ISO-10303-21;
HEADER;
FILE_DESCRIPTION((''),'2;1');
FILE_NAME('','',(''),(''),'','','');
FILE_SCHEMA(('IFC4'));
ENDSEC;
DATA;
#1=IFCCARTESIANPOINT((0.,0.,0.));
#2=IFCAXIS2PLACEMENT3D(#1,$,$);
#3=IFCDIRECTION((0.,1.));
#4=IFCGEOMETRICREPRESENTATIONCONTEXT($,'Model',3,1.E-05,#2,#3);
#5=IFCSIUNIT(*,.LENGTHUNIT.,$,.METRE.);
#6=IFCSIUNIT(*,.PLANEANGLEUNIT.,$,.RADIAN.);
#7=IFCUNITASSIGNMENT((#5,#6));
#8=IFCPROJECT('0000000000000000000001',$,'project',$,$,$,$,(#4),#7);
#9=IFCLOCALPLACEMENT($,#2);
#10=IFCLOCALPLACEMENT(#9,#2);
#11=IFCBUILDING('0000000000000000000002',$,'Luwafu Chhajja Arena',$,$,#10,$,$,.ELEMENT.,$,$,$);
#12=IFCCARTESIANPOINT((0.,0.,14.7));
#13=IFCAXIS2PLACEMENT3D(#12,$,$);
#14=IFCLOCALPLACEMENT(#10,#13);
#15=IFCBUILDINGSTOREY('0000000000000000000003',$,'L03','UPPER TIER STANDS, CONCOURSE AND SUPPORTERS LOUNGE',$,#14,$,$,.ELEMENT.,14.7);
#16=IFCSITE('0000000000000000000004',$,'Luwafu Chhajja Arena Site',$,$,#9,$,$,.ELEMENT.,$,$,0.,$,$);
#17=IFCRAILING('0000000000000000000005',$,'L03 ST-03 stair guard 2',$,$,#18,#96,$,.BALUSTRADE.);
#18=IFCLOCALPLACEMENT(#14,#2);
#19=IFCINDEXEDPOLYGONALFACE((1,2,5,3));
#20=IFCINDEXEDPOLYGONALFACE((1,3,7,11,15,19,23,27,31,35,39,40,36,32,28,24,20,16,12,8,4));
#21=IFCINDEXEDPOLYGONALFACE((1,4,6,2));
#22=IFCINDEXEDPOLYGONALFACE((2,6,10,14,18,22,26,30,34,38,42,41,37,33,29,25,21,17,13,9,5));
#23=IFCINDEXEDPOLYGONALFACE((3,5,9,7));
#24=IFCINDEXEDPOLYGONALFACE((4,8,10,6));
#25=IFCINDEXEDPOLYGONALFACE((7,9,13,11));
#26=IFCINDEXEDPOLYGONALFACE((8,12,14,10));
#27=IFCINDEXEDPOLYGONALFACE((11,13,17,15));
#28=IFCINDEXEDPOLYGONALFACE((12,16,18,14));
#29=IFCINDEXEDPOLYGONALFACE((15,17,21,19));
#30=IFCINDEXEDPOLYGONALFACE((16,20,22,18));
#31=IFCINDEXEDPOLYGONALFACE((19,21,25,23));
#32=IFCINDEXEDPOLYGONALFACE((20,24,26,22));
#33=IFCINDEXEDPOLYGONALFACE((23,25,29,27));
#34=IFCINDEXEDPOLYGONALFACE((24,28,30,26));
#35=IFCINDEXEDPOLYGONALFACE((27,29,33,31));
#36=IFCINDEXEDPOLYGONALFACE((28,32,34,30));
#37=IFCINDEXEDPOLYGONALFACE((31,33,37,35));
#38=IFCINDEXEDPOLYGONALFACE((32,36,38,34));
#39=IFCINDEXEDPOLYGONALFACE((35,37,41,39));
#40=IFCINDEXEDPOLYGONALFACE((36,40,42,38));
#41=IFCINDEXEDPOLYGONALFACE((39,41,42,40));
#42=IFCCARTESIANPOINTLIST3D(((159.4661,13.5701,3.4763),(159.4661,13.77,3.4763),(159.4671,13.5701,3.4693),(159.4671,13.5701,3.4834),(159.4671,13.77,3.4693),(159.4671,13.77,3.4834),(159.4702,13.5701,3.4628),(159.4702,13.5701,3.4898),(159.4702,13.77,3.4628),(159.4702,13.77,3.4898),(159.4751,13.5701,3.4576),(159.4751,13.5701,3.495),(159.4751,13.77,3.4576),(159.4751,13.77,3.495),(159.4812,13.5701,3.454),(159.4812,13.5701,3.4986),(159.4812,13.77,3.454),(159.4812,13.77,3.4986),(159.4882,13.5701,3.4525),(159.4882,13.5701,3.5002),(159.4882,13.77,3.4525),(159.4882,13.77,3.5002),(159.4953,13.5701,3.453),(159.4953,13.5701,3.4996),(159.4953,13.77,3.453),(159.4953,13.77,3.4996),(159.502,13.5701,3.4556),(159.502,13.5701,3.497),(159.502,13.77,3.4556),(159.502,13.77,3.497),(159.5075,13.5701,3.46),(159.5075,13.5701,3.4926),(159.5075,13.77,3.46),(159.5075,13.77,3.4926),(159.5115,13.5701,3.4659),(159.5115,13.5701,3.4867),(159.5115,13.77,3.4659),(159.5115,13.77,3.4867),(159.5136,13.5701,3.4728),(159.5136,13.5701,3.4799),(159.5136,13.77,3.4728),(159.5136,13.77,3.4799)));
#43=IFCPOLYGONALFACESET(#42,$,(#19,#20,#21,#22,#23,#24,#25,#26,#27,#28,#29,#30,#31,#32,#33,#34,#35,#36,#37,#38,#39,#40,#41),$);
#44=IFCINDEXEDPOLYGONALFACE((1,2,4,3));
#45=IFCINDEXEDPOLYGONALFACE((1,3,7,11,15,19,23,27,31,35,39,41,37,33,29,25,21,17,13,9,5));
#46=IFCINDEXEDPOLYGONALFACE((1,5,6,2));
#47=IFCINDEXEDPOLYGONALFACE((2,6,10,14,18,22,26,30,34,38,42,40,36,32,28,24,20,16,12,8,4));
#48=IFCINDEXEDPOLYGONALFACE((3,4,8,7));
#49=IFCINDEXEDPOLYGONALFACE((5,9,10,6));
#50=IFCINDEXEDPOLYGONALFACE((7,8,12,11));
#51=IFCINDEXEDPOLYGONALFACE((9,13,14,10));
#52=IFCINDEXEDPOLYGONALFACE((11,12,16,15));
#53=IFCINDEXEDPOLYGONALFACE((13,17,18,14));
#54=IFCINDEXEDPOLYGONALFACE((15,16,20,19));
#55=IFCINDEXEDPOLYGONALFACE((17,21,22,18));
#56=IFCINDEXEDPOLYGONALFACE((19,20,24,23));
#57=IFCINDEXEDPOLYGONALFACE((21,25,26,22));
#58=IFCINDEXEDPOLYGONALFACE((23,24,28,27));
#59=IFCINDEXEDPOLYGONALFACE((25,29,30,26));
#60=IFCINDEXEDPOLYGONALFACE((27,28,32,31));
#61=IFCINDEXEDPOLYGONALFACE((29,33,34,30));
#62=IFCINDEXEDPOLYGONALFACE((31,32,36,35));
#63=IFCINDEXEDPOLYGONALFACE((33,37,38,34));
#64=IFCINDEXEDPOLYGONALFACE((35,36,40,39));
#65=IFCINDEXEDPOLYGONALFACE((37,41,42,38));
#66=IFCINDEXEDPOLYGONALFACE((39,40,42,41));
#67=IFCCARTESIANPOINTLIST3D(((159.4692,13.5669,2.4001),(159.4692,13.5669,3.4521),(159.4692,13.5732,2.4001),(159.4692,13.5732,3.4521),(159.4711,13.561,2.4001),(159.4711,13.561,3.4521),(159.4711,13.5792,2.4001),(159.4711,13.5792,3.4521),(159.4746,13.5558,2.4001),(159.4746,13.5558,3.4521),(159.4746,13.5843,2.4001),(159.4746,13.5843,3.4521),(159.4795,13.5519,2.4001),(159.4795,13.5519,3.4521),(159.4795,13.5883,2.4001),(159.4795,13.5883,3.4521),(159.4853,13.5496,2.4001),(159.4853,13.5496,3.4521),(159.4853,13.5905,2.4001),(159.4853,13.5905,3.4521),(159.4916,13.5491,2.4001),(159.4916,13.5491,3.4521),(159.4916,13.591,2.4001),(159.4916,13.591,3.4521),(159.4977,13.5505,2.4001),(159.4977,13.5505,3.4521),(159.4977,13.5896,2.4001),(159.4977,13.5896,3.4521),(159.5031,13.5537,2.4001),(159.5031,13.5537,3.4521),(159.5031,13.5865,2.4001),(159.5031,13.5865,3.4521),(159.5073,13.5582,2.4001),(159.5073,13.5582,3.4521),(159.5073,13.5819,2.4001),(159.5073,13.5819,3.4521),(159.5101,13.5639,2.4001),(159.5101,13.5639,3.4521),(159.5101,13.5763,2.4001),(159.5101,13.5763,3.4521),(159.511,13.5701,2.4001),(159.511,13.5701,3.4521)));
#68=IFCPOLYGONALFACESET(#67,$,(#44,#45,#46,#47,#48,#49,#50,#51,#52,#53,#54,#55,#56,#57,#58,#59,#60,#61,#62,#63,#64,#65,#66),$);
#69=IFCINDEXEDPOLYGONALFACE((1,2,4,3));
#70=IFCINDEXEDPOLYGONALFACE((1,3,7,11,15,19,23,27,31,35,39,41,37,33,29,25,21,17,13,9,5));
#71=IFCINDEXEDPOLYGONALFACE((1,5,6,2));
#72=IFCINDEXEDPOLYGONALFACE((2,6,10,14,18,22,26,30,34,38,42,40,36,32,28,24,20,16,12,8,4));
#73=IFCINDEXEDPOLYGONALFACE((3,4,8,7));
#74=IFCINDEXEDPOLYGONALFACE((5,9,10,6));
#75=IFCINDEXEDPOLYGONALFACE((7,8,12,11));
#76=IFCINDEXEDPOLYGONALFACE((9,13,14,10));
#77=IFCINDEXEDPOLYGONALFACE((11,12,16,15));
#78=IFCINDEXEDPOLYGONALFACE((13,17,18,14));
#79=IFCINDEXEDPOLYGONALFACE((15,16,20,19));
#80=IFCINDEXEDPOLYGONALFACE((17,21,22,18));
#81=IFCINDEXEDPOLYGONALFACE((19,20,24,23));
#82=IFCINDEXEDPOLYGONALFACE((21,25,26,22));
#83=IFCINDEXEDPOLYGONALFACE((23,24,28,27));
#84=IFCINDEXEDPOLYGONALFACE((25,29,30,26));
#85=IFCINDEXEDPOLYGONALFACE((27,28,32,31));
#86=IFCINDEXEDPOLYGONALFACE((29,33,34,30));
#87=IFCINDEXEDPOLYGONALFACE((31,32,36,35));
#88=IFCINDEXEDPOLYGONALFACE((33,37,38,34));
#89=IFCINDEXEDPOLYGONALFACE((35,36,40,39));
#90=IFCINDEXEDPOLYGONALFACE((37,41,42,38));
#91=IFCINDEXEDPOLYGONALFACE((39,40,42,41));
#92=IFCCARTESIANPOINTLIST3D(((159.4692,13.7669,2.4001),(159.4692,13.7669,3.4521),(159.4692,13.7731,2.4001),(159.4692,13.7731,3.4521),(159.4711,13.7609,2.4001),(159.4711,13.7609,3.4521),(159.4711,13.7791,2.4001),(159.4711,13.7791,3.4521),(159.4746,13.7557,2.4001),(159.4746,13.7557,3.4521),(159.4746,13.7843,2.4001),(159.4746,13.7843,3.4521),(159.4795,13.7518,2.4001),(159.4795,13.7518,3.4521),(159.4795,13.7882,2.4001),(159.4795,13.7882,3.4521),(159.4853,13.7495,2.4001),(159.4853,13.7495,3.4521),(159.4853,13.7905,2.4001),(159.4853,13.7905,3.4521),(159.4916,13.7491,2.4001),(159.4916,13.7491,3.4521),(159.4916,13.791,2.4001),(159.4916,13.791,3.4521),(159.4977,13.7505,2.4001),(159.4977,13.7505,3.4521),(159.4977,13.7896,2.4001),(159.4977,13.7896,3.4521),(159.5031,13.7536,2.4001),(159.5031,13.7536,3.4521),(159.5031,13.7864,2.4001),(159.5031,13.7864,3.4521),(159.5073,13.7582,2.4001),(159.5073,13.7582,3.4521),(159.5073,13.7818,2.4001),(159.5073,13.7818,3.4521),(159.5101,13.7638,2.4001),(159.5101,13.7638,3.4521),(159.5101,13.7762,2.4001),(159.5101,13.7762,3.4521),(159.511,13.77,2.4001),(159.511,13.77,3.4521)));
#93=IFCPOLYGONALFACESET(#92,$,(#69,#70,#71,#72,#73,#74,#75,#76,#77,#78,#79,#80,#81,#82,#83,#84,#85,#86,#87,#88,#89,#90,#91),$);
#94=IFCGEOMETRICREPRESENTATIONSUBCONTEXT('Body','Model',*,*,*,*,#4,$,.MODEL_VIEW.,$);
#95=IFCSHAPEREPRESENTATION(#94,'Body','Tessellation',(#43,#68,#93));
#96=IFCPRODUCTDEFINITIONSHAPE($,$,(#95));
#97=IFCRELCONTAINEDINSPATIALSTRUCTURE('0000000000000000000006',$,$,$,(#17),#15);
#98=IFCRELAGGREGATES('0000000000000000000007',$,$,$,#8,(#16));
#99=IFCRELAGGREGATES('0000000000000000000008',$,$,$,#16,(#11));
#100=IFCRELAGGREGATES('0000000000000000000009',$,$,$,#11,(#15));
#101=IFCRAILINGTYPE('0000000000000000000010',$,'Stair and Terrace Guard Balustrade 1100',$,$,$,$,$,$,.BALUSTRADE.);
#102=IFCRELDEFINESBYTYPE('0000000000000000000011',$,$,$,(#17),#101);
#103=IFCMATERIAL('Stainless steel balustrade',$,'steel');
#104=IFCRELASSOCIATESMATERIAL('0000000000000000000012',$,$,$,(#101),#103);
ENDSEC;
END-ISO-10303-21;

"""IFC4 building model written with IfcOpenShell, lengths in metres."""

from ifc_helpers import new_model, si_unit, direction, frame, origin, origin_2d, place, context, subcontext, project, spatial, circle, extrude, material, type_object, element, save


model = new_model("IFC4")

# Units and contexts
model_context = context("Model", 3, precision=1e-05, world=origin(), true_north=direction((0.0, 1.0)))
body_context = subcontext(model_context, "Body", "Model", "MODEL_VIEW")
ifc_project = project(units=[si_unit("LENGTHUNIT", "METRE"), si_unit("PLANEANGLEUNIT", "RADIAN")], contexts=[model_context])

# Site, building, storey
site_placement = place(None, origin())
site = spatial("IfcSite", under=ifc_project, at=site_placement, Name="Luwafu Chhajja Arena Site", CompositionType="ELEMENT", RefElevation=0.0)
building_placement = place(site_placement, origin())
building = spatial("IfcBuilding", under=site, at=building_placement, Name="Luwafu Chhajja Arena", CompositionType="ELEMENT")
storey_placement = place(building_placement, frame((0.0, 0.0, 14.7)))
storey = spatial("IfcBuildingStorey", under=building, at=storey_placement, Name="L03", Description="UPPER TIER STANDS, CONCOURSE AND SUPPORTERS LOUNGE", CompositionType="ELEMENT", Elevation=14.7)

# Railing
ifc_material_1 = material(Name="Stainless steel balustrade", Category="steel")
railing_type_1 = type_object("IfcRailingType", Name="Stair and Terrace Guard Balustrade 1100", PredefinedType="BALUSTRADE", material=ifc_material_1)
railing_1_placement = place(storey_placement, frame((159.49, 13.5701, 2.4001)))
element("IfcRailing", 1, at=railing_1_placement, inside=storey, type_object=railing_type_1, Name="L03 ST-03 stair guard 2", PredefinedType="BALUSTRADE", context=body_context, shape_type="SweptSolid", body=[
    extrude(circle(Radius=0.0239, at=origin_2d()), frame((0.0, 0.0, 1.0762), z_axis=(0.0, 1.0, 0.0), x_axis=(-1.0, 0.0, 0.0)), (0.0, 0.0, 1.0), 0.2),
    extrude(circle(Radius=0.021, at=origin_2d()), origin(), (0.0, 0.0, 1.0), 1.052),
    extrude(circle(Radius=0.021, at=origin_2d()), frame((0.0, 0.2, 0.0)), (0.0, 0.0, 1.0), 1.052),
])

save(model, "model.ifc")
